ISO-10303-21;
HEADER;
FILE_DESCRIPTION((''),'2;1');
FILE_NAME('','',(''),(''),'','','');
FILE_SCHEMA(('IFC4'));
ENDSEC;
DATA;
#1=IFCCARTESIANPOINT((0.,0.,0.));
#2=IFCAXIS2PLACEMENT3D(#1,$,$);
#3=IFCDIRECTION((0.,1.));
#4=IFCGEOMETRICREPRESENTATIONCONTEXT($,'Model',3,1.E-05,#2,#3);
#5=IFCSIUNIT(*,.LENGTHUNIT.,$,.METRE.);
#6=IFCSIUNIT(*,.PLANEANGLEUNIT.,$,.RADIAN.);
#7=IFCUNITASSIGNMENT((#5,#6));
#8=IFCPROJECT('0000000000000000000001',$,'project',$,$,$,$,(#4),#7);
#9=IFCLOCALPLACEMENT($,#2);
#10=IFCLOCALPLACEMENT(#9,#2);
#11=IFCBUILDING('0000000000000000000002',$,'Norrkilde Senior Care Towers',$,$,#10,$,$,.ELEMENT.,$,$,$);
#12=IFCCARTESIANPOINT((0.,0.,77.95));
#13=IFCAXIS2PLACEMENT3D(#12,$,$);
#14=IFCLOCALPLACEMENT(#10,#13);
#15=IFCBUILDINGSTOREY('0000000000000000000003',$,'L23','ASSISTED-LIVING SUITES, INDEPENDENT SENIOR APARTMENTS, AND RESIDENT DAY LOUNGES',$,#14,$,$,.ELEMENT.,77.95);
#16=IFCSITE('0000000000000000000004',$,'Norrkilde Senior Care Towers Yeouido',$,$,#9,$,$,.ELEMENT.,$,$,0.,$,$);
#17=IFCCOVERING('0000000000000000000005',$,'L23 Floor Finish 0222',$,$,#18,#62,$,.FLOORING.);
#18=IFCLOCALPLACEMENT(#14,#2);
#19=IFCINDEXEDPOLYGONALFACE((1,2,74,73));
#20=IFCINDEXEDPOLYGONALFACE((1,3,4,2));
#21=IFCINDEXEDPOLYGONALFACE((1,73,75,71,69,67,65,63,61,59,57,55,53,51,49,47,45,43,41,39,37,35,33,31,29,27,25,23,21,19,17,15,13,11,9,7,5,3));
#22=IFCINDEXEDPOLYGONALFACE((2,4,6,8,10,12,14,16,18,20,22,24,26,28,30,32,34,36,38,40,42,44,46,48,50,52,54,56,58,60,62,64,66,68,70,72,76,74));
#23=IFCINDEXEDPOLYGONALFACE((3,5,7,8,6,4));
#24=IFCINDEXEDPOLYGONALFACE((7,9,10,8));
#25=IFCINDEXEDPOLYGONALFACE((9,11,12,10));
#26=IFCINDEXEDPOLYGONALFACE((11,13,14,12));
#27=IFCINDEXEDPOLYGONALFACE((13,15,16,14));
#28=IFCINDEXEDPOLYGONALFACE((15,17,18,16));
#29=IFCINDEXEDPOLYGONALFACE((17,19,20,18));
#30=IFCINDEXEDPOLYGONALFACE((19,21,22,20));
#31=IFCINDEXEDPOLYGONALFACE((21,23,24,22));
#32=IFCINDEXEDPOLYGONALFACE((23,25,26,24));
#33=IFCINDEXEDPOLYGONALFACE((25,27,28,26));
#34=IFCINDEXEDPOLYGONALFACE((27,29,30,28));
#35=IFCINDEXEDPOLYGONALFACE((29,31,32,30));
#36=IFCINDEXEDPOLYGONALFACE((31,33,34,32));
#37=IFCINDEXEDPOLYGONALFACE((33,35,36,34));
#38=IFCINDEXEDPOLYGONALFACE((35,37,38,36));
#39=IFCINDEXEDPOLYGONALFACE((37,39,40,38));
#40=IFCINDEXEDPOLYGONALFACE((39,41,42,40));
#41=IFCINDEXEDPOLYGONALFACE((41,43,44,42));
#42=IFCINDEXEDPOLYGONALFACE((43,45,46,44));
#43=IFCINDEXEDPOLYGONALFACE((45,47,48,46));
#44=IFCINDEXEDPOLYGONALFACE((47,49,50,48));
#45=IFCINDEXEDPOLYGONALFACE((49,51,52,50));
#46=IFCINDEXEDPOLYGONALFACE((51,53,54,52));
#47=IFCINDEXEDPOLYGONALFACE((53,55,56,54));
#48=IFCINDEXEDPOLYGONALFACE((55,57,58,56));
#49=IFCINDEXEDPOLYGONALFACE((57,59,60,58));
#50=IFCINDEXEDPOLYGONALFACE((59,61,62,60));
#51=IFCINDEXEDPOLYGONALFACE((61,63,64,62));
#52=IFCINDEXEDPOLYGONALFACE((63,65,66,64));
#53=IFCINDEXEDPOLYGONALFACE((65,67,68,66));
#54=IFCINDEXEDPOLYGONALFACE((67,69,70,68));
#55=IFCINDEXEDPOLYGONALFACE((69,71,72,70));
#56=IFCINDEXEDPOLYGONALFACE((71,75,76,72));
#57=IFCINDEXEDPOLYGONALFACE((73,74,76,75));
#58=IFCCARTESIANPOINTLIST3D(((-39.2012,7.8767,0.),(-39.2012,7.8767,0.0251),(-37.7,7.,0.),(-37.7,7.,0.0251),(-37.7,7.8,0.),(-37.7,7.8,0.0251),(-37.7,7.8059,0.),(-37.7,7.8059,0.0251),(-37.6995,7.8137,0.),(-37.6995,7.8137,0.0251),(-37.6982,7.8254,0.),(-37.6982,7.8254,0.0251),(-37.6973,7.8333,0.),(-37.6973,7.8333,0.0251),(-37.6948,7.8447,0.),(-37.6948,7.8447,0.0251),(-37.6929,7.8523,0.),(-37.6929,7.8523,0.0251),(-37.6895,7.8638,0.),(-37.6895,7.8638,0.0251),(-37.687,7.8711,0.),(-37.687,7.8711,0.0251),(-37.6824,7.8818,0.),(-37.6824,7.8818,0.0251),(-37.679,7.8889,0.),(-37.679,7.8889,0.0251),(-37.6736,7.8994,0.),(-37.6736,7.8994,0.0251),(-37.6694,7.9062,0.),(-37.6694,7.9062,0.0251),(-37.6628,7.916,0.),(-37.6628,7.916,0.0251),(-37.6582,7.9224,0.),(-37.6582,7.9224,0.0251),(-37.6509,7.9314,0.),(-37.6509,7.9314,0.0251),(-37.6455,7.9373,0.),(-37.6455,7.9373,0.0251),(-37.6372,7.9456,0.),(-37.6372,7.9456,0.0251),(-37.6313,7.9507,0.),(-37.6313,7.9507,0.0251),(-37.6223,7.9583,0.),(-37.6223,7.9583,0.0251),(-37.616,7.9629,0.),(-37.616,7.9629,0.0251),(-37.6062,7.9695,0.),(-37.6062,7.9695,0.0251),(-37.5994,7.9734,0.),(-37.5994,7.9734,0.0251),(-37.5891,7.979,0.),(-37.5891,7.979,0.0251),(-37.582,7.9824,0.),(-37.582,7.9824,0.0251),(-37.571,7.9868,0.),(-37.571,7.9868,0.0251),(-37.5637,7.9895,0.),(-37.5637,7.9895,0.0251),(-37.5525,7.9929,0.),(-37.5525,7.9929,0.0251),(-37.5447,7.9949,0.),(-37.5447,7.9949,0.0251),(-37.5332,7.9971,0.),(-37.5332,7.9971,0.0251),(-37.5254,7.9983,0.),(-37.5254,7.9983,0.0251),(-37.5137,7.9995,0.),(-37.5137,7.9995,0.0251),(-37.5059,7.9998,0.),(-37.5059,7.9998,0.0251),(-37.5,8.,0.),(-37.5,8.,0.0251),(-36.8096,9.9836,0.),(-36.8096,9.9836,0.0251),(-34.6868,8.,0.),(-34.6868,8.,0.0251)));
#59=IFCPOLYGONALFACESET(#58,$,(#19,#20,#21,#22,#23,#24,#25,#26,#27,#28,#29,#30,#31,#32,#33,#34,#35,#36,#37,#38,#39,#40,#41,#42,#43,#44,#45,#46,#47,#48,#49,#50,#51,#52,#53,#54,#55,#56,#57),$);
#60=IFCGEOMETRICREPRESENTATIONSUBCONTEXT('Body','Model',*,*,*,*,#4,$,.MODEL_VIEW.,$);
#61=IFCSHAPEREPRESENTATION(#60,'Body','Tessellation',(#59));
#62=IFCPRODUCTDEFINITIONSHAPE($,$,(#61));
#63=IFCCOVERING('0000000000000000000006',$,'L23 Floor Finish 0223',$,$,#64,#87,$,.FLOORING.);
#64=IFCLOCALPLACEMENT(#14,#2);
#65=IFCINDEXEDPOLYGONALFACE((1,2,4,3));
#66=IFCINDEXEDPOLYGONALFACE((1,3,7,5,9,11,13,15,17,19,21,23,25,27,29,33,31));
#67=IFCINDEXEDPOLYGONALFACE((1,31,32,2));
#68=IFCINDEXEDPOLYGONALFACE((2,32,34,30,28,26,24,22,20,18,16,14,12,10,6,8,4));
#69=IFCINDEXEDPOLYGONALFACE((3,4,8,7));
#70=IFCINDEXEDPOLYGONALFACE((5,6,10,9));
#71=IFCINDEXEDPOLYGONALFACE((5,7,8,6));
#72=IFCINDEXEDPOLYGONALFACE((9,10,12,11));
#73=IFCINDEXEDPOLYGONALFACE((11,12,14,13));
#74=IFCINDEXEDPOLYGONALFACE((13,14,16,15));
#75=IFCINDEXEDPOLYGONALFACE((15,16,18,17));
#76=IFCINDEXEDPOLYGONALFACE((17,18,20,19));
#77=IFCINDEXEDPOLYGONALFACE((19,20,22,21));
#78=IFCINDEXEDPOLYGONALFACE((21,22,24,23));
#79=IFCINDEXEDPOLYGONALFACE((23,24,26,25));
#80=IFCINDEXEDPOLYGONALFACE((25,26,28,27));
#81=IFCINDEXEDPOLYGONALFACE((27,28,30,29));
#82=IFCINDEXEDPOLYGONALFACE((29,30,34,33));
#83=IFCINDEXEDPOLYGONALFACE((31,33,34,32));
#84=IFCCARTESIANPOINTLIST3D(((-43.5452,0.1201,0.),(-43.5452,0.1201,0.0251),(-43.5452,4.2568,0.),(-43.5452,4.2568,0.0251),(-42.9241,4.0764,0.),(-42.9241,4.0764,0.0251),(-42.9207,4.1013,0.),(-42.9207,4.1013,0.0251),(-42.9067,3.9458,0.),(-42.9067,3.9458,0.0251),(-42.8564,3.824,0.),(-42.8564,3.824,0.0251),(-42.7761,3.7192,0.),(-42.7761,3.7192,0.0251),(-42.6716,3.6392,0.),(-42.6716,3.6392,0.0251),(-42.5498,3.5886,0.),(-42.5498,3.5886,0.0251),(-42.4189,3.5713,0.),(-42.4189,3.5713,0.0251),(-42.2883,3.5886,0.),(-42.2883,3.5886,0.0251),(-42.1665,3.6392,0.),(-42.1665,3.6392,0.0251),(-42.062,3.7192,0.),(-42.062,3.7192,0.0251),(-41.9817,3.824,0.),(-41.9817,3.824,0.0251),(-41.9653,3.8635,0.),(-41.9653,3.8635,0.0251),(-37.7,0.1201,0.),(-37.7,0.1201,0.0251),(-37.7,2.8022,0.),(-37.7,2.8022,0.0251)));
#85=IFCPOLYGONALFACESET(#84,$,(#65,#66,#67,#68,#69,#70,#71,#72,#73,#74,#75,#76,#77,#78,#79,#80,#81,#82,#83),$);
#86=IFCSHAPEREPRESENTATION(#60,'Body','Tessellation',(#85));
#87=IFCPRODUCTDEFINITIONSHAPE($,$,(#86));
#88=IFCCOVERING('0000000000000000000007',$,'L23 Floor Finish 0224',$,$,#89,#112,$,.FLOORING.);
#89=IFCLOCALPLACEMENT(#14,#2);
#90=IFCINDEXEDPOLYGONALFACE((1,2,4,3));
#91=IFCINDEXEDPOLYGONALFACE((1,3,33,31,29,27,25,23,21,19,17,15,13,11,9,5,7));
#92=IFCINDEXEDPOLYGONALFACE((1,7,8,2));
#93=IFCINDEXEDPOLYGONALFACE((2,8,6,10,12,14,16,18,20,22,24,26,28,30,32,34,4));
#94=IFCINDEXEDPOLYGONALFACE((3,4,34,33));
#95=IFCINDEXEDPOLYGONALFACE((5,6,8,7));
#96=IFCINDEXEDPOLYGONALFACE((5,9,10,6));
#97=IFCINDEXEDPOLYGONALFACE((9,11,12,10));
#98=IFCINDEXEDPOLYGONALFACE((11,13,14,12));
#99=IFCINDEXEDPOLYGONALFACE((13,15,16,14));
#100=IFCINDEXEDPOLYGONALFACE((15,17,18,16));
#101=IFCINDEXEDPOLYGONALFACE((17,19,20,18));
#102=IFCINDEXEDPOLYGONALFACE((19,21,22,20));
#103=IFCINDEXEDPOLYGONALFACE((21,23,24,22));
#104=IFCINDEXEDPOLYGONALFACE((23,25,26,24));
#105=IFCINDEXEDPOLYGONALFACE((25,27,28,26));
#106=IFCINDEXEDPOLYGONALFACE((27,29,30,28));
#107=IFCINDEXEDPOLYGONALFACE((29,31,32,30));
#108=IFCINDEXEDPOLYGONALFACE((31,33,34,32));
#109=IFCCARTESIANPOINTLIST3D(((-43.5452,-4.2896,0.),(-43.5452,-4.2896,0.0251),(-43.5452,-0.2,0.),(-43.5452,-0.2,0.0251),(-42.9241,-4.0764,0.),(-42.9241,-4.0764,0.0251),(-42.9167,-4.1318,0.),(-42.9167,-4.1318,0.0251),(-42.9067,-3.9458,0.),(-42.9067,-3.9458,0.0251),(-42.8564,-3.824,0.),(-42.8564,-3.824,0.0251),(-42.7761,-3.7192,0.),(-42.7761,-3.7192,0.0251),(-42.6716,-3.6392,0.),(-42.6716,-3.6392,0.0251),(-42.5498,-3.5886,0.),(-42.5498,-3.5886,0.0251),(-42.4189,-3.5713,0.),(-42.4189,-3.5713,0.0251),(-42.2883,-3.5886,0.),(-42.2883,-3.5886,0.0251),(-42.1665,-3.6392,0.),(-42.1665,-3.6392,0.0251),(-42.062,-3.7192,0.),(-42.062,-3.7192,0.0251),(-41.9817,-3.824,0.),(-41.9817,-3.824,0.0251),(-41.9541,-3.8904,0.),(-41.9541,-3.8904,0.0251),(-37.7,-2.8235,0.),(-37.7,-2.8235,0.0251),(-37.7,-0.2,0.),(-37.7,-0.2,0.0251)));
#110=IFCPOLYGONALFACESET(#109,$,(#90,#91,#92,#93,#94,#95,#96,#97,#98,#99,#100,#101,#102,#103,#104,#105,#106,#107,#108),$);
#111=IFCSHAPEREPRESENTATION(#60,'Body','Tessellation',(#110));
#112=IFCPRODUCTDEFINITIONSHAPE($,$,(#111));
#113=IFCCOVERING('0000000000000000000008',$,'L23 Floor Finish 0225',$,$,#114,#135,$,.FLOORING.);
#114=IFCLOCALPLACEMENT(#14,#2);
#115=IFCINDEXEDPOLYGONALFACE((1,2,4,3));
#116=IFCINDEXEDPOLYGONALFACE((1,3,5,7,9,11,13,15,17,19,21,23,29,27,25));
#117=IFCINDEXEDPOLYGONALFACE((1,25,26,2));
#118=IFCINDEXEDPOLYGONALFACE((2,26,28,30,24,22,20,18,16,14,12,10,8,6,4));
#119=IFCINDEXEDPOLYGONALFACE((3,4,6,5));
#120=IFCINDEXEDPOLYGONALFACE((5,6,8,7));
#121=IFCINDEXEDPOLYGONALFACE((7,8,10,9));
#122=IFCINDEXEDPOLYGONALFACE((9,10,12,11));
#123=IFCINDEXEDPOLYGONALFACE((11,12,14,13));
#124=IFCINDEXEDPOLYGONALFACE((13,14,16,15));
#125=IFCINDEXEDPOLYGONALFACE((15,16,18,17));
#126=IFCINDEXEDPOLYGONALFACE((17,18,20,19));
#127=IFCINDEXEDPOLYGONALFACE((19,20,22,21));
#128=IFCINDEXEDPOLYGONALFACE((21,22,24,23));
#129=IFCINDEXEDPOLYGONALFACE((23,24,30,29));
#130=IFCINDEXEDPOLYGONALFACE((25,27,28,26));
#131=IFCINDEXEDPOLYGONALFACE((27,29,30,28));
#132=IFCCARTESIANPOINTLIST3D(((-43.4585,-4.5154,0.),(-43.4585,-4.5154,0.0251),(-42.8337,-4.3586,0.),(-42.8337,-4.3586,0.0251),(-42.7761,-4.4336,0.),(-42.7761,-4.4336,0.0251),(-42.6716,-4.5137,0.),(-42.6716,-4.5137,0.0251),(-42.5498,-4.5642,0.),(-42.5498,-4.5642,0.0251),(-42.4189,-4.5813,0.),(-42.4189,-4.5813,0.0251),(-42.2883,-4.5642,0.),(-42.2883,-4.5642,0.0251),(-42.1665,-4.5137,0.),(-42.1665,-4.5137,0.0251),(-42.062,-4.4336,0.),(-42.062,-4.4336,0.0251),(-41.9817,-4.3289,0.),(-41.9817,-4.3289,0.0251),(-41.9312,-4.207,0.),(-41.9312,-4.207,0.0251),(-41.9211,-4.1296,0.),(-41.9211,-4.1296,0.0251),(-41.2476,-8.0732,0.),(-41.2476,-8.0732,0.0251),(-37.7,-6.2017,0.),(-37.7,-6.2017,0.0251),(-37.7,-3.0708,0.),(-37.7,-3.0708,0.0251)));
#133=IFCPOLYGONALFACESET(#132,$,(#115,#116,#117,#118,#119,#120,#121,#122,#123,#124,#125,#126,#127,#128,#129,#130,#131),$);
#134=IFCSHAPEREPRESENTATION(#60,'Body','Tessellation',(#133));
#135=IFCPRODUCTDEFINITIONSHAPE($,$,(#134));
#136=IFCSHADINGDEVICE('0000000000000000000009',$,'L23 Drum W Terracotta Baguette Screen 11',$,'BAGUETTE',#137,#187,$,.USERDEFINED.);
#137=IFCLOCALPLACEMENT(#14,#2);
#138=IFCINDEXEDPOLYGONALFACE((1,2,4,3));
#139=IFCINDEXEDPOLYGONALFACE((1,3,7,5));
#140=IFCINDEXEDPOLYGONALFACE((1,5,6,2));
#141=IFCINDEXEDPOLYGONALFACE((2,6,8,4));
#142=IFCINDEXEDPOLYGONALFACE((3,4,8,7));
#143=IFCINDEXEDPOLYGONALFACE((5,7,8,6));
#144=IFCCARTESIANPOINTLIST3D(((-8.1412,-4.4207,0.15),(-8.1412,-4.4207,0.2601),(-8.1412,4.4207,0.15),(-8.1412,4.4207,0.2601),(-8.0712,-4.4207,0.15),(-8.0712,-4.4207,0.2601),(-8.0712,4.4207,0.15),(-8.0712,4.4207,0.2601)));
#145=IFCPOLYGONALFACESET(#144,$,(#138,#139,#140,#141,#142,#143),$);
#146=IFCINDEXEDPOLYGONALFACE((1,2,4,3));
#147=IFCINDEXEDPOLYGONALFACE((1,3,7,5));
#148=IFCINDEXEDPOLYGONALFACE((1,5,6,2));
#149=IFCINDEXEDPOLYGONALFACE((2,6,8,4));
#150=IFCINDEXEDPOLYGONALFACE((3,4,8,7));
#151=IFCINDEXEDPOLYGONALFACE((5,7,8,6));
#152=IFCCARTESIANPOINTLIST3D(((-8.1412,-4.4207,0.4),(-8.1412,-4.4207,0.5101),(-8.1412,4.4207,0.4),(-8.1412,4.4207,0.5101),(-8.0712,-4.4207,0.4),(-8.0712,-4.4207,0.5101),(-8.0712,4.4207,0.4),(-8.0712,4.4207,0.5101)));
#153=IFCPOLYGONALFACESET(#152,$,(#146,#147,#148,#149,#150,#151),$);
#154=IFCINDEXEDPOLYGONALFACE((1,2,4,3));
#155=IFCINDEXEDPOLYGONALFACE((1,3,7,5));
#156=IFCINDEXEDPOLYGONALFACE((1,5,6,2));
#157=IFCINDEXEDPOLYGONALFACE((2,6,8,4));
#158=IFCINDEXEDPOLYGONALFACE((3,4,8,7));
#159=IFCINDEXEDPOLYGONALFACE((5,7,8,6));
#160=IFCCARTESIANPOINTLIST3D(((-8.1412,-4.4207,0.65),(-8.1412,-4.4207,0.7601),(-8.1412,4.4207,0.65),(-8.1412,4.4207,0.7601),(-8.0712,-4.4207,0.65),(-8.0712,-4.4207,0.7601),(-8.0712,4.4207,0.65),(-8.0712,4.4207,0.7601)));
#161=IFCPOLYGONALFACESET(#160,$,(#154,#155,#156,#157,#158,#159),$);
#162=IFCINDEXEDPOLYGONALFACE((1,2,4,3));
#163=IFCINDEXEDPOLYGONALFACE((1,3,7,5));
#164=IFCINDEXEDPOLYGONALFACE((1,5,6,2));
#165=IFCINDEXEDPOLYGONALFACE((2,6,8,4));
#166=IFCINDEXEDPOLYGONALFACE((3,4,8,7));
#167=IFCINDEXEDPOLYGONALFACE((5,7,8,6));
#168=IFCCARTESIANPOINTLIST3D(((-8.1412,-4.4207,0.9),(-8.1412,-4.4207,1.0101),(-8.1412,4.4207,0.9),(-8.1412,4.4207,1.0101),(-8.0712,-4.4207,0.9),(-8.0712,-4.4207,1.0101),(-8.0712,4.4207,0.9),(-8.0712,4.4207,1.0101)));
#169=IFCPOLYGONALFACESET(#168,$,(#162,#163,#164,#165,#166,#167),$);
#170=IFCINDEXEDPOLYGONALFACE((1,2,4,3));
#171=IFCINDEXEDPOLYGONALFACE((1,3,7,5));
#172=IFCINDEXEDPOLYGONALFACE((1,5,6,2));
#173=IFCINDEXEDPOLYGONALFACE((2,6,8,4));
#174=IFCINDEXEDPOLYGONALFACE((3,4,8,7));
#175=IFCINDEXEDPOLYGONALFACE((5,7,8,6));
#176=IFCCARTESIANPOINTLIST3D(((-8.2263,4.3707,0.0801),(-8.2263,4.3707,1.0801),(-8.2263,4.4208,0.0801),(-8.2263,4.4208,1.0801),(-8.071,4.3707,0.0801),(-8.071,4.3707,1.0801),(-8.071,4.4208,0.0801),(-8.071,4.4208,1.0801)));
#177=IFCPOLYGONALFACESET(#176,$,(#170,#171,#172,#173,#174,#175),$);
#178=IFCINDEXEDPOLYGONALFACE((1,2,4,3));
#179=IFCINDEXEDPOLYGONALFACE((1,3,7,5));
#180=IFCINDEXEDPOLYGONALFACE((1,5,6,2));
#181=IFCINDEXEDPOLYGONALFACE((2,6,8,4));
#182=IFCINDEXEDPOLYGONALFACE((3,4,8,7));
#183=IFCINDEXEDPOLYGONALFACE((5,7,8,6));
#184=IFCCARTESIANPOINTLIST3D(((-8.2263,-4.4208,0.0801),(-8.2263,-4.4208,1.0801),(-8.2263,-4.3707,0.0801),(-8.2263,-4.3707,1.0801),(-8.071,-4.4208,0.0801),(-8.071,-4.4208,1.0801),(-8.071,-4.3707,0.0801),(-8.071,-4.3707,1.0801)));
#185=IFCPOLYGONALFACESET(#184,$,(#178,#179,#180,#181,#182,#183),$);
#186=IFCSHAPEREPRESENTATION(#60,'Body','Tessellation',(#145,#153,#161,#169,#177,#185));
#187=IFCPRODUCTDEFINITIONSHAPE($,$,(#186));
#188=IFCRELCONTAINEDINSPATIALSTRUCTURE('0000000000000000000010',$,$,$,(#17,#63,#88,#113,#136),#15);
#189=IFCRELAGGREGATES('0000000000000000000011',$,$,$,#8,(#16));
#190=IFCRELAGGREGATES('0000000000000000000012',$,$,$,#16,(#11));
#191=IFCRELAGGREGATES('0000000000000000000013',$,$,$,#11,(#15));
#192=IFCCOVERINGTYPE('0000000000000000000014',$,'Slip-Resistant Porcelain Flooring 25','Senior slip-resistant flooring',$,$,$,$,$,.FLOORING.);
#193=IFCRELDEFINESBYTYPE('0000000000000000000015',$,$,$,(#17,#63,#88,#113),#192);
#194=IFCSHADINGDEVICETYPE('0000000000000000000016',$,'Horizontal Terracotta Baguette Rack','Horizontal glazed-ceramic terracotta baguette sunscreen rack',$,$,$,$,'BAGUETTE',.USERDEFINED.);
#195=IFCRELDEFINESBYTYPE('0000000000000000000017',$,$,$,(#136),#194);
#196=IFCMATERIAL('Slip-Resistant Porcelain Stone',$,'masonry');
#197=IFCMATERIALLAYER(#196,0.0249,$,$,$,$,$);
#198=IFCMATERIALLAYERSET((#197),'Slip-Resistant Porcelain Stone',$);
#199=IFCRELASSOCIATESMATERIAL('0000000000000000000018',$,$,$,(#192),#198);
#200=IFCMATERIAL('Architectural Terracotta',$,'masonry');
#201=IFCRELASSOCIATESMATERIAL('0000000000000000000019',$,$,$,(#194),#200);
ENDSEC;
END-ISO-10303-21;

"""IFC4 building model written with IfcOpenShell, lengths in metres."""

from ifc_helpers import new_model, si_unit, direction, frame, origin, origin_2d, place, context, subcontext, project, spatial, polyline, rectangle, outline, extrude, source, transform, mapped, material, layer, layer_set, type_object, type_shapes, element, save


model = new_model("IFC4")

# Units and contexts
model_context = context("Model", 3, precision=1e-05, world=origin(), true_north=direction((0.0, 1.0)))
body_context = subcontext(model_context, "Body", "Model", "MODEL_VIEW")
ifc_project = project(units=[si_unit("LENGTHUNIT", "METRE"), si_unit("PLANEANGLEUNIT", "RADIAN")], contexts=[model_context])

# Site, building, storey
site_placement = place(None, origin())
site = spatial("IfcSite", under=ifc_project, at=site_placement, Name="Norrkilde Senior Care Towers Yeouido", CompositionType="ELEMENT", RefElevation=0.0)
building_placement = place(site_placement, origin())
building = spatial("IfcBuilding", under=site, at=building_placement, Name="Norrkilde Senior Care Towers", CompositionType="ELEMENT")
storey_placement = place(building_placement, frame((0.0, 0.0, 77.95)))
storey = spatial("IfcBuildingStorey", under=building, at=storey_placement, Name="L23", Description="ASSISTED-LIVING SUITES, INDEPENDENT SENIOR APARTMENTS, AND RESIDENT DAY LOUNGES", CompositionType="ELEMENT", Elevation=77.95)

# Coverings
ifc_material_1 = material(Name="Slip-Resistant Porcelain Stone", Category="masonry")
ifc_layer_1 = layer(ifc_material_1, 0.0249)
ifc_layer_set_1 = layer_set([ifc_layer_1], Name="Slip-Resistant Porcelain Stone")
covering_type_1 = type_object("IfcCoveringType", Name="Slip-Resistant Porcelain Flooring 25", Description="Senior slip-resistant flooring", PredefinedType="FLOORING", material=ifc_layer_set_1)
covering_1_placement = place(storey_placement, origin())
element("IfcCovering", 1, at=covering_1_placement, inside=storey, type_object=covering_type_1, Name="L23 Floor Finish 0222", PredefinedType="FLOORING", context=body_context, shape_type="SweptSolid", body=[
    extrude(outline(polyline([(-37.5137, 7.9995), (-37.5254, 7.9983), (-37.5332, 7.9971), (-37.5447, 7.9949), (-37.5525, 7.9929), (-37.5637, 7.9895), (-37.571, 7.9868), (-37.582, 7.9824), (-37.5891, 7.979), (-37.5994, 7.9734), (-37.6062, 7.9695), (-37.616, 7.9629), (-37.6223, 7.9583), (-37.6313, 7.9507), (-37.6372, 7.9456), (-37.6455, 7.9373), (-37.6509, 7.9314), (-37.6582, 7.9224), (-37.6628, 7.916), (-37.6694, 7.9062), (-37.6736, 7.8994), (-37.679, 7.8889), (-37.6824, 7.8818), (-37.687, 7.8711), (-37.6895, 7.8638), (-37.6929, 7.8523), (-37.6948, 7.8447), (-37.6973, 7.8333), (-37.6982, 7.8254), (-37.6995, 7.8137), (-37.7, 7.8059), (-37.7, 7.8), (-37.7, 7.0), (-39.2012, 7.8767), (-36.8096, 9.9836), (-34.6868, 8.0), (-37.5, 8.0), (-37.5059, 7.9998), (-37.5137, 7.9995)])), origin(), (0.0, 0.0, 1.0), 0.0251),
])
covering_2_placement = place(storey_placement, origin())
element("IfcCovering", 2, at=covering_2_placement, inside=storey, type_object=covering_type_1, Name="L23 Floor Finish 0223", PredefinedType="FLOORING", context=body_context, shape_type="SweptSolid", body=[
    extrude(outline(polyline([(-42.9207, 4.1013), (-42.9241, 4.0764), (-42.9067, 3.9458), (-42.8564, 3.824), (-42.7761, 3.7192), (-42.6716, 3.6392), (-42.5498, 3.5886), (-42.4189, 3.5713), (-42.2883, 3.5886), (-42.1665, 3.6392), (-42.062, 3.7192), (-41.9817, 3.824), (-41.9653, 3.8635), (-37.7, 2.8022), (-37.7, 0.1201), (-43.5452, 0.1201), (-43.5452, 4.2568), (-42.9207, 4.1013)])), origin(), (0.0, 0.0, 1.0), 0.0251),
])
covering_3_placement = place(storey_placement, origin())
element("IfcCovering", 3, at=covering_3_placement, inside=storey, type_object=covering_type_1, Name="L23 Floor Finish 0224", PredefinedType="FLOORING", context=body_context, shape_type="SweptSolid", body=[
    extrude(outline(polyline([(-37.7, -0.2), (-37.7, -2.8235), (-41.9541, -3.8904), (-41.9817, -3.824), (-42.062, -3.7192), (-42.1665, -3.6392), (-42.2883, -3.5886), (-42.4189, -3.5713), (-42.5498, -3.5886), (-42.6716, -3.6392), (-42.7761, -3.7192), (-42.8564, -3.824), (-42.9067, -3.9458), (-42.9241, -4.0764), (-42.9167, -4.1318), (-43.5452, -4.2896), (-43.5452, -0.2), (-37.7, -0.2)])), origin(), (0.0, 0.0, 1.0), 0.0251),
])
covering_4_placement = place(storey_placement, origin())
element("IfcCovering", 4, at=covering_4_placement, inside=storey, type_object=covering_type_1, Name="L23 Floor Finish 0225", PredefinedType="FLOORING", context=body_context, shape_type="SweptSolid", body=[
    extrude(outline(polyline([(-42.8337, -4.3586), (-42.7761, -4.4336), (-42.6716, -4.5137), (-42.5498, -4.5642), (-42.4189, -4.5813), (-42.2883, -4.5642), (-42.1665, -4.5137), (-42.062, -4.4336), (-41.9817, -4.3289), (-41.9312, -4.207), (-41.9211, -4.1296), (-37.7, -3.0708), (-37.7, -6.2017), (-41.2476, -8.0732), (-43.4585, -4.5154), (-42.8337, -4.3586)])), origin(), (0.0, 0.0, 1.0), 0.0251),
])

# Shading device
ifc_material_2 = material(Name="Architectural Terracotta", Category="masonry")
shading_device_type = type_object("IfcShadingDeviceType", Name="Horizontal Terracotta Baguette Rack", Description="Horizontal glazed-ceramic terracotta baguette sunscreen rack", ElementType="BAGUETTE", PredefinedType="USERDEFINED", material=ifc_material_2)
shared_shape_1 = source(origin(), body_context, "Body", "SweptSolid", [
    extrude(rectangle(XDim=0.0701, YDim=0.1101, at=origin_2d()), frame((0.0, 0.0901, 0.125), z_axis=(1.0, 0.0, 0.0), x_axis=(0.0, 1.0, 0.0)), (0.0, 0.0, 1.0), 8.8413),
    extrude(rectangle(XDim=0.0701, YDim=0.1101, at=origin_2d()), frame((0.0, 0.0901, 0.375), z_axis=(1.0, 0.0, 0.0), x_axis=(0.0, 1.0, 0.0)), (0.0, 0.0, 1.0), 8.8413),
    extrude(rectangle(XDim=0.0701, YDim=0.1101, at=origin_2d()), frame((0.0, 0.0901, 0.625), z_axis=(1.0, 0.0, 0.0), x_axis=(0.0, 1.0, 0.0)), (0.0, 0.0, 1.0), 8.8413),
    extrude(rectangle(XDim=0.0701, YDim=0.1101, at=origin_2d()), frame((0.0, 0.0901, 0.875), z_axis=(1.0, 0.0, 0.0), x_axis=(0.0, 1.0, 0.0)), (0.0, 0.0, 1.0), 8.8413),
    extrude(rectangle(XDim=0.05, YDim=0.1553, at=origin_2d()), frame((0.0249, 0.0476, 0.0)), (0.0, 0.0, 1.0), 1.0),
    extrude(rectangle(XDim=0.05, YDim=0.1553, at=origin_2d()), frame((8.8164, 0.0476, 0.0)), (0.0, 0.0, 1.0), 1.0),
])
type_shapes(shading_device_type, [shared_shape_1])
shading_device_placement = place(storey_placement, frame((-8.1963, 4.4207, 0.0801), z_axis=(0.0, 0.0, 1.0), x_axis=(0.0, -1.0, 0.0)))
element("IfcShadingDevice", 5, at=shading_device_placement, inside=storey, type_object=shading_device_type, Name="L23 Drum W Terracotta Baguette Screen 11", ObjectType="BAGUETTE", PredefinedType="USERDEFINED", context=body_context, shape_type="MappedRepresentation", body=[
    mapped(shared_shape_1, transform((0.0, 0.0, 0.0), x_axis=(1.0, 0.0, 0.0), y_axis=(0.0, 1.0, 0.0), z_axis=(0.0, 0.0, 1.0), scale=1.0)),
])

save(model, "model.ifc")
